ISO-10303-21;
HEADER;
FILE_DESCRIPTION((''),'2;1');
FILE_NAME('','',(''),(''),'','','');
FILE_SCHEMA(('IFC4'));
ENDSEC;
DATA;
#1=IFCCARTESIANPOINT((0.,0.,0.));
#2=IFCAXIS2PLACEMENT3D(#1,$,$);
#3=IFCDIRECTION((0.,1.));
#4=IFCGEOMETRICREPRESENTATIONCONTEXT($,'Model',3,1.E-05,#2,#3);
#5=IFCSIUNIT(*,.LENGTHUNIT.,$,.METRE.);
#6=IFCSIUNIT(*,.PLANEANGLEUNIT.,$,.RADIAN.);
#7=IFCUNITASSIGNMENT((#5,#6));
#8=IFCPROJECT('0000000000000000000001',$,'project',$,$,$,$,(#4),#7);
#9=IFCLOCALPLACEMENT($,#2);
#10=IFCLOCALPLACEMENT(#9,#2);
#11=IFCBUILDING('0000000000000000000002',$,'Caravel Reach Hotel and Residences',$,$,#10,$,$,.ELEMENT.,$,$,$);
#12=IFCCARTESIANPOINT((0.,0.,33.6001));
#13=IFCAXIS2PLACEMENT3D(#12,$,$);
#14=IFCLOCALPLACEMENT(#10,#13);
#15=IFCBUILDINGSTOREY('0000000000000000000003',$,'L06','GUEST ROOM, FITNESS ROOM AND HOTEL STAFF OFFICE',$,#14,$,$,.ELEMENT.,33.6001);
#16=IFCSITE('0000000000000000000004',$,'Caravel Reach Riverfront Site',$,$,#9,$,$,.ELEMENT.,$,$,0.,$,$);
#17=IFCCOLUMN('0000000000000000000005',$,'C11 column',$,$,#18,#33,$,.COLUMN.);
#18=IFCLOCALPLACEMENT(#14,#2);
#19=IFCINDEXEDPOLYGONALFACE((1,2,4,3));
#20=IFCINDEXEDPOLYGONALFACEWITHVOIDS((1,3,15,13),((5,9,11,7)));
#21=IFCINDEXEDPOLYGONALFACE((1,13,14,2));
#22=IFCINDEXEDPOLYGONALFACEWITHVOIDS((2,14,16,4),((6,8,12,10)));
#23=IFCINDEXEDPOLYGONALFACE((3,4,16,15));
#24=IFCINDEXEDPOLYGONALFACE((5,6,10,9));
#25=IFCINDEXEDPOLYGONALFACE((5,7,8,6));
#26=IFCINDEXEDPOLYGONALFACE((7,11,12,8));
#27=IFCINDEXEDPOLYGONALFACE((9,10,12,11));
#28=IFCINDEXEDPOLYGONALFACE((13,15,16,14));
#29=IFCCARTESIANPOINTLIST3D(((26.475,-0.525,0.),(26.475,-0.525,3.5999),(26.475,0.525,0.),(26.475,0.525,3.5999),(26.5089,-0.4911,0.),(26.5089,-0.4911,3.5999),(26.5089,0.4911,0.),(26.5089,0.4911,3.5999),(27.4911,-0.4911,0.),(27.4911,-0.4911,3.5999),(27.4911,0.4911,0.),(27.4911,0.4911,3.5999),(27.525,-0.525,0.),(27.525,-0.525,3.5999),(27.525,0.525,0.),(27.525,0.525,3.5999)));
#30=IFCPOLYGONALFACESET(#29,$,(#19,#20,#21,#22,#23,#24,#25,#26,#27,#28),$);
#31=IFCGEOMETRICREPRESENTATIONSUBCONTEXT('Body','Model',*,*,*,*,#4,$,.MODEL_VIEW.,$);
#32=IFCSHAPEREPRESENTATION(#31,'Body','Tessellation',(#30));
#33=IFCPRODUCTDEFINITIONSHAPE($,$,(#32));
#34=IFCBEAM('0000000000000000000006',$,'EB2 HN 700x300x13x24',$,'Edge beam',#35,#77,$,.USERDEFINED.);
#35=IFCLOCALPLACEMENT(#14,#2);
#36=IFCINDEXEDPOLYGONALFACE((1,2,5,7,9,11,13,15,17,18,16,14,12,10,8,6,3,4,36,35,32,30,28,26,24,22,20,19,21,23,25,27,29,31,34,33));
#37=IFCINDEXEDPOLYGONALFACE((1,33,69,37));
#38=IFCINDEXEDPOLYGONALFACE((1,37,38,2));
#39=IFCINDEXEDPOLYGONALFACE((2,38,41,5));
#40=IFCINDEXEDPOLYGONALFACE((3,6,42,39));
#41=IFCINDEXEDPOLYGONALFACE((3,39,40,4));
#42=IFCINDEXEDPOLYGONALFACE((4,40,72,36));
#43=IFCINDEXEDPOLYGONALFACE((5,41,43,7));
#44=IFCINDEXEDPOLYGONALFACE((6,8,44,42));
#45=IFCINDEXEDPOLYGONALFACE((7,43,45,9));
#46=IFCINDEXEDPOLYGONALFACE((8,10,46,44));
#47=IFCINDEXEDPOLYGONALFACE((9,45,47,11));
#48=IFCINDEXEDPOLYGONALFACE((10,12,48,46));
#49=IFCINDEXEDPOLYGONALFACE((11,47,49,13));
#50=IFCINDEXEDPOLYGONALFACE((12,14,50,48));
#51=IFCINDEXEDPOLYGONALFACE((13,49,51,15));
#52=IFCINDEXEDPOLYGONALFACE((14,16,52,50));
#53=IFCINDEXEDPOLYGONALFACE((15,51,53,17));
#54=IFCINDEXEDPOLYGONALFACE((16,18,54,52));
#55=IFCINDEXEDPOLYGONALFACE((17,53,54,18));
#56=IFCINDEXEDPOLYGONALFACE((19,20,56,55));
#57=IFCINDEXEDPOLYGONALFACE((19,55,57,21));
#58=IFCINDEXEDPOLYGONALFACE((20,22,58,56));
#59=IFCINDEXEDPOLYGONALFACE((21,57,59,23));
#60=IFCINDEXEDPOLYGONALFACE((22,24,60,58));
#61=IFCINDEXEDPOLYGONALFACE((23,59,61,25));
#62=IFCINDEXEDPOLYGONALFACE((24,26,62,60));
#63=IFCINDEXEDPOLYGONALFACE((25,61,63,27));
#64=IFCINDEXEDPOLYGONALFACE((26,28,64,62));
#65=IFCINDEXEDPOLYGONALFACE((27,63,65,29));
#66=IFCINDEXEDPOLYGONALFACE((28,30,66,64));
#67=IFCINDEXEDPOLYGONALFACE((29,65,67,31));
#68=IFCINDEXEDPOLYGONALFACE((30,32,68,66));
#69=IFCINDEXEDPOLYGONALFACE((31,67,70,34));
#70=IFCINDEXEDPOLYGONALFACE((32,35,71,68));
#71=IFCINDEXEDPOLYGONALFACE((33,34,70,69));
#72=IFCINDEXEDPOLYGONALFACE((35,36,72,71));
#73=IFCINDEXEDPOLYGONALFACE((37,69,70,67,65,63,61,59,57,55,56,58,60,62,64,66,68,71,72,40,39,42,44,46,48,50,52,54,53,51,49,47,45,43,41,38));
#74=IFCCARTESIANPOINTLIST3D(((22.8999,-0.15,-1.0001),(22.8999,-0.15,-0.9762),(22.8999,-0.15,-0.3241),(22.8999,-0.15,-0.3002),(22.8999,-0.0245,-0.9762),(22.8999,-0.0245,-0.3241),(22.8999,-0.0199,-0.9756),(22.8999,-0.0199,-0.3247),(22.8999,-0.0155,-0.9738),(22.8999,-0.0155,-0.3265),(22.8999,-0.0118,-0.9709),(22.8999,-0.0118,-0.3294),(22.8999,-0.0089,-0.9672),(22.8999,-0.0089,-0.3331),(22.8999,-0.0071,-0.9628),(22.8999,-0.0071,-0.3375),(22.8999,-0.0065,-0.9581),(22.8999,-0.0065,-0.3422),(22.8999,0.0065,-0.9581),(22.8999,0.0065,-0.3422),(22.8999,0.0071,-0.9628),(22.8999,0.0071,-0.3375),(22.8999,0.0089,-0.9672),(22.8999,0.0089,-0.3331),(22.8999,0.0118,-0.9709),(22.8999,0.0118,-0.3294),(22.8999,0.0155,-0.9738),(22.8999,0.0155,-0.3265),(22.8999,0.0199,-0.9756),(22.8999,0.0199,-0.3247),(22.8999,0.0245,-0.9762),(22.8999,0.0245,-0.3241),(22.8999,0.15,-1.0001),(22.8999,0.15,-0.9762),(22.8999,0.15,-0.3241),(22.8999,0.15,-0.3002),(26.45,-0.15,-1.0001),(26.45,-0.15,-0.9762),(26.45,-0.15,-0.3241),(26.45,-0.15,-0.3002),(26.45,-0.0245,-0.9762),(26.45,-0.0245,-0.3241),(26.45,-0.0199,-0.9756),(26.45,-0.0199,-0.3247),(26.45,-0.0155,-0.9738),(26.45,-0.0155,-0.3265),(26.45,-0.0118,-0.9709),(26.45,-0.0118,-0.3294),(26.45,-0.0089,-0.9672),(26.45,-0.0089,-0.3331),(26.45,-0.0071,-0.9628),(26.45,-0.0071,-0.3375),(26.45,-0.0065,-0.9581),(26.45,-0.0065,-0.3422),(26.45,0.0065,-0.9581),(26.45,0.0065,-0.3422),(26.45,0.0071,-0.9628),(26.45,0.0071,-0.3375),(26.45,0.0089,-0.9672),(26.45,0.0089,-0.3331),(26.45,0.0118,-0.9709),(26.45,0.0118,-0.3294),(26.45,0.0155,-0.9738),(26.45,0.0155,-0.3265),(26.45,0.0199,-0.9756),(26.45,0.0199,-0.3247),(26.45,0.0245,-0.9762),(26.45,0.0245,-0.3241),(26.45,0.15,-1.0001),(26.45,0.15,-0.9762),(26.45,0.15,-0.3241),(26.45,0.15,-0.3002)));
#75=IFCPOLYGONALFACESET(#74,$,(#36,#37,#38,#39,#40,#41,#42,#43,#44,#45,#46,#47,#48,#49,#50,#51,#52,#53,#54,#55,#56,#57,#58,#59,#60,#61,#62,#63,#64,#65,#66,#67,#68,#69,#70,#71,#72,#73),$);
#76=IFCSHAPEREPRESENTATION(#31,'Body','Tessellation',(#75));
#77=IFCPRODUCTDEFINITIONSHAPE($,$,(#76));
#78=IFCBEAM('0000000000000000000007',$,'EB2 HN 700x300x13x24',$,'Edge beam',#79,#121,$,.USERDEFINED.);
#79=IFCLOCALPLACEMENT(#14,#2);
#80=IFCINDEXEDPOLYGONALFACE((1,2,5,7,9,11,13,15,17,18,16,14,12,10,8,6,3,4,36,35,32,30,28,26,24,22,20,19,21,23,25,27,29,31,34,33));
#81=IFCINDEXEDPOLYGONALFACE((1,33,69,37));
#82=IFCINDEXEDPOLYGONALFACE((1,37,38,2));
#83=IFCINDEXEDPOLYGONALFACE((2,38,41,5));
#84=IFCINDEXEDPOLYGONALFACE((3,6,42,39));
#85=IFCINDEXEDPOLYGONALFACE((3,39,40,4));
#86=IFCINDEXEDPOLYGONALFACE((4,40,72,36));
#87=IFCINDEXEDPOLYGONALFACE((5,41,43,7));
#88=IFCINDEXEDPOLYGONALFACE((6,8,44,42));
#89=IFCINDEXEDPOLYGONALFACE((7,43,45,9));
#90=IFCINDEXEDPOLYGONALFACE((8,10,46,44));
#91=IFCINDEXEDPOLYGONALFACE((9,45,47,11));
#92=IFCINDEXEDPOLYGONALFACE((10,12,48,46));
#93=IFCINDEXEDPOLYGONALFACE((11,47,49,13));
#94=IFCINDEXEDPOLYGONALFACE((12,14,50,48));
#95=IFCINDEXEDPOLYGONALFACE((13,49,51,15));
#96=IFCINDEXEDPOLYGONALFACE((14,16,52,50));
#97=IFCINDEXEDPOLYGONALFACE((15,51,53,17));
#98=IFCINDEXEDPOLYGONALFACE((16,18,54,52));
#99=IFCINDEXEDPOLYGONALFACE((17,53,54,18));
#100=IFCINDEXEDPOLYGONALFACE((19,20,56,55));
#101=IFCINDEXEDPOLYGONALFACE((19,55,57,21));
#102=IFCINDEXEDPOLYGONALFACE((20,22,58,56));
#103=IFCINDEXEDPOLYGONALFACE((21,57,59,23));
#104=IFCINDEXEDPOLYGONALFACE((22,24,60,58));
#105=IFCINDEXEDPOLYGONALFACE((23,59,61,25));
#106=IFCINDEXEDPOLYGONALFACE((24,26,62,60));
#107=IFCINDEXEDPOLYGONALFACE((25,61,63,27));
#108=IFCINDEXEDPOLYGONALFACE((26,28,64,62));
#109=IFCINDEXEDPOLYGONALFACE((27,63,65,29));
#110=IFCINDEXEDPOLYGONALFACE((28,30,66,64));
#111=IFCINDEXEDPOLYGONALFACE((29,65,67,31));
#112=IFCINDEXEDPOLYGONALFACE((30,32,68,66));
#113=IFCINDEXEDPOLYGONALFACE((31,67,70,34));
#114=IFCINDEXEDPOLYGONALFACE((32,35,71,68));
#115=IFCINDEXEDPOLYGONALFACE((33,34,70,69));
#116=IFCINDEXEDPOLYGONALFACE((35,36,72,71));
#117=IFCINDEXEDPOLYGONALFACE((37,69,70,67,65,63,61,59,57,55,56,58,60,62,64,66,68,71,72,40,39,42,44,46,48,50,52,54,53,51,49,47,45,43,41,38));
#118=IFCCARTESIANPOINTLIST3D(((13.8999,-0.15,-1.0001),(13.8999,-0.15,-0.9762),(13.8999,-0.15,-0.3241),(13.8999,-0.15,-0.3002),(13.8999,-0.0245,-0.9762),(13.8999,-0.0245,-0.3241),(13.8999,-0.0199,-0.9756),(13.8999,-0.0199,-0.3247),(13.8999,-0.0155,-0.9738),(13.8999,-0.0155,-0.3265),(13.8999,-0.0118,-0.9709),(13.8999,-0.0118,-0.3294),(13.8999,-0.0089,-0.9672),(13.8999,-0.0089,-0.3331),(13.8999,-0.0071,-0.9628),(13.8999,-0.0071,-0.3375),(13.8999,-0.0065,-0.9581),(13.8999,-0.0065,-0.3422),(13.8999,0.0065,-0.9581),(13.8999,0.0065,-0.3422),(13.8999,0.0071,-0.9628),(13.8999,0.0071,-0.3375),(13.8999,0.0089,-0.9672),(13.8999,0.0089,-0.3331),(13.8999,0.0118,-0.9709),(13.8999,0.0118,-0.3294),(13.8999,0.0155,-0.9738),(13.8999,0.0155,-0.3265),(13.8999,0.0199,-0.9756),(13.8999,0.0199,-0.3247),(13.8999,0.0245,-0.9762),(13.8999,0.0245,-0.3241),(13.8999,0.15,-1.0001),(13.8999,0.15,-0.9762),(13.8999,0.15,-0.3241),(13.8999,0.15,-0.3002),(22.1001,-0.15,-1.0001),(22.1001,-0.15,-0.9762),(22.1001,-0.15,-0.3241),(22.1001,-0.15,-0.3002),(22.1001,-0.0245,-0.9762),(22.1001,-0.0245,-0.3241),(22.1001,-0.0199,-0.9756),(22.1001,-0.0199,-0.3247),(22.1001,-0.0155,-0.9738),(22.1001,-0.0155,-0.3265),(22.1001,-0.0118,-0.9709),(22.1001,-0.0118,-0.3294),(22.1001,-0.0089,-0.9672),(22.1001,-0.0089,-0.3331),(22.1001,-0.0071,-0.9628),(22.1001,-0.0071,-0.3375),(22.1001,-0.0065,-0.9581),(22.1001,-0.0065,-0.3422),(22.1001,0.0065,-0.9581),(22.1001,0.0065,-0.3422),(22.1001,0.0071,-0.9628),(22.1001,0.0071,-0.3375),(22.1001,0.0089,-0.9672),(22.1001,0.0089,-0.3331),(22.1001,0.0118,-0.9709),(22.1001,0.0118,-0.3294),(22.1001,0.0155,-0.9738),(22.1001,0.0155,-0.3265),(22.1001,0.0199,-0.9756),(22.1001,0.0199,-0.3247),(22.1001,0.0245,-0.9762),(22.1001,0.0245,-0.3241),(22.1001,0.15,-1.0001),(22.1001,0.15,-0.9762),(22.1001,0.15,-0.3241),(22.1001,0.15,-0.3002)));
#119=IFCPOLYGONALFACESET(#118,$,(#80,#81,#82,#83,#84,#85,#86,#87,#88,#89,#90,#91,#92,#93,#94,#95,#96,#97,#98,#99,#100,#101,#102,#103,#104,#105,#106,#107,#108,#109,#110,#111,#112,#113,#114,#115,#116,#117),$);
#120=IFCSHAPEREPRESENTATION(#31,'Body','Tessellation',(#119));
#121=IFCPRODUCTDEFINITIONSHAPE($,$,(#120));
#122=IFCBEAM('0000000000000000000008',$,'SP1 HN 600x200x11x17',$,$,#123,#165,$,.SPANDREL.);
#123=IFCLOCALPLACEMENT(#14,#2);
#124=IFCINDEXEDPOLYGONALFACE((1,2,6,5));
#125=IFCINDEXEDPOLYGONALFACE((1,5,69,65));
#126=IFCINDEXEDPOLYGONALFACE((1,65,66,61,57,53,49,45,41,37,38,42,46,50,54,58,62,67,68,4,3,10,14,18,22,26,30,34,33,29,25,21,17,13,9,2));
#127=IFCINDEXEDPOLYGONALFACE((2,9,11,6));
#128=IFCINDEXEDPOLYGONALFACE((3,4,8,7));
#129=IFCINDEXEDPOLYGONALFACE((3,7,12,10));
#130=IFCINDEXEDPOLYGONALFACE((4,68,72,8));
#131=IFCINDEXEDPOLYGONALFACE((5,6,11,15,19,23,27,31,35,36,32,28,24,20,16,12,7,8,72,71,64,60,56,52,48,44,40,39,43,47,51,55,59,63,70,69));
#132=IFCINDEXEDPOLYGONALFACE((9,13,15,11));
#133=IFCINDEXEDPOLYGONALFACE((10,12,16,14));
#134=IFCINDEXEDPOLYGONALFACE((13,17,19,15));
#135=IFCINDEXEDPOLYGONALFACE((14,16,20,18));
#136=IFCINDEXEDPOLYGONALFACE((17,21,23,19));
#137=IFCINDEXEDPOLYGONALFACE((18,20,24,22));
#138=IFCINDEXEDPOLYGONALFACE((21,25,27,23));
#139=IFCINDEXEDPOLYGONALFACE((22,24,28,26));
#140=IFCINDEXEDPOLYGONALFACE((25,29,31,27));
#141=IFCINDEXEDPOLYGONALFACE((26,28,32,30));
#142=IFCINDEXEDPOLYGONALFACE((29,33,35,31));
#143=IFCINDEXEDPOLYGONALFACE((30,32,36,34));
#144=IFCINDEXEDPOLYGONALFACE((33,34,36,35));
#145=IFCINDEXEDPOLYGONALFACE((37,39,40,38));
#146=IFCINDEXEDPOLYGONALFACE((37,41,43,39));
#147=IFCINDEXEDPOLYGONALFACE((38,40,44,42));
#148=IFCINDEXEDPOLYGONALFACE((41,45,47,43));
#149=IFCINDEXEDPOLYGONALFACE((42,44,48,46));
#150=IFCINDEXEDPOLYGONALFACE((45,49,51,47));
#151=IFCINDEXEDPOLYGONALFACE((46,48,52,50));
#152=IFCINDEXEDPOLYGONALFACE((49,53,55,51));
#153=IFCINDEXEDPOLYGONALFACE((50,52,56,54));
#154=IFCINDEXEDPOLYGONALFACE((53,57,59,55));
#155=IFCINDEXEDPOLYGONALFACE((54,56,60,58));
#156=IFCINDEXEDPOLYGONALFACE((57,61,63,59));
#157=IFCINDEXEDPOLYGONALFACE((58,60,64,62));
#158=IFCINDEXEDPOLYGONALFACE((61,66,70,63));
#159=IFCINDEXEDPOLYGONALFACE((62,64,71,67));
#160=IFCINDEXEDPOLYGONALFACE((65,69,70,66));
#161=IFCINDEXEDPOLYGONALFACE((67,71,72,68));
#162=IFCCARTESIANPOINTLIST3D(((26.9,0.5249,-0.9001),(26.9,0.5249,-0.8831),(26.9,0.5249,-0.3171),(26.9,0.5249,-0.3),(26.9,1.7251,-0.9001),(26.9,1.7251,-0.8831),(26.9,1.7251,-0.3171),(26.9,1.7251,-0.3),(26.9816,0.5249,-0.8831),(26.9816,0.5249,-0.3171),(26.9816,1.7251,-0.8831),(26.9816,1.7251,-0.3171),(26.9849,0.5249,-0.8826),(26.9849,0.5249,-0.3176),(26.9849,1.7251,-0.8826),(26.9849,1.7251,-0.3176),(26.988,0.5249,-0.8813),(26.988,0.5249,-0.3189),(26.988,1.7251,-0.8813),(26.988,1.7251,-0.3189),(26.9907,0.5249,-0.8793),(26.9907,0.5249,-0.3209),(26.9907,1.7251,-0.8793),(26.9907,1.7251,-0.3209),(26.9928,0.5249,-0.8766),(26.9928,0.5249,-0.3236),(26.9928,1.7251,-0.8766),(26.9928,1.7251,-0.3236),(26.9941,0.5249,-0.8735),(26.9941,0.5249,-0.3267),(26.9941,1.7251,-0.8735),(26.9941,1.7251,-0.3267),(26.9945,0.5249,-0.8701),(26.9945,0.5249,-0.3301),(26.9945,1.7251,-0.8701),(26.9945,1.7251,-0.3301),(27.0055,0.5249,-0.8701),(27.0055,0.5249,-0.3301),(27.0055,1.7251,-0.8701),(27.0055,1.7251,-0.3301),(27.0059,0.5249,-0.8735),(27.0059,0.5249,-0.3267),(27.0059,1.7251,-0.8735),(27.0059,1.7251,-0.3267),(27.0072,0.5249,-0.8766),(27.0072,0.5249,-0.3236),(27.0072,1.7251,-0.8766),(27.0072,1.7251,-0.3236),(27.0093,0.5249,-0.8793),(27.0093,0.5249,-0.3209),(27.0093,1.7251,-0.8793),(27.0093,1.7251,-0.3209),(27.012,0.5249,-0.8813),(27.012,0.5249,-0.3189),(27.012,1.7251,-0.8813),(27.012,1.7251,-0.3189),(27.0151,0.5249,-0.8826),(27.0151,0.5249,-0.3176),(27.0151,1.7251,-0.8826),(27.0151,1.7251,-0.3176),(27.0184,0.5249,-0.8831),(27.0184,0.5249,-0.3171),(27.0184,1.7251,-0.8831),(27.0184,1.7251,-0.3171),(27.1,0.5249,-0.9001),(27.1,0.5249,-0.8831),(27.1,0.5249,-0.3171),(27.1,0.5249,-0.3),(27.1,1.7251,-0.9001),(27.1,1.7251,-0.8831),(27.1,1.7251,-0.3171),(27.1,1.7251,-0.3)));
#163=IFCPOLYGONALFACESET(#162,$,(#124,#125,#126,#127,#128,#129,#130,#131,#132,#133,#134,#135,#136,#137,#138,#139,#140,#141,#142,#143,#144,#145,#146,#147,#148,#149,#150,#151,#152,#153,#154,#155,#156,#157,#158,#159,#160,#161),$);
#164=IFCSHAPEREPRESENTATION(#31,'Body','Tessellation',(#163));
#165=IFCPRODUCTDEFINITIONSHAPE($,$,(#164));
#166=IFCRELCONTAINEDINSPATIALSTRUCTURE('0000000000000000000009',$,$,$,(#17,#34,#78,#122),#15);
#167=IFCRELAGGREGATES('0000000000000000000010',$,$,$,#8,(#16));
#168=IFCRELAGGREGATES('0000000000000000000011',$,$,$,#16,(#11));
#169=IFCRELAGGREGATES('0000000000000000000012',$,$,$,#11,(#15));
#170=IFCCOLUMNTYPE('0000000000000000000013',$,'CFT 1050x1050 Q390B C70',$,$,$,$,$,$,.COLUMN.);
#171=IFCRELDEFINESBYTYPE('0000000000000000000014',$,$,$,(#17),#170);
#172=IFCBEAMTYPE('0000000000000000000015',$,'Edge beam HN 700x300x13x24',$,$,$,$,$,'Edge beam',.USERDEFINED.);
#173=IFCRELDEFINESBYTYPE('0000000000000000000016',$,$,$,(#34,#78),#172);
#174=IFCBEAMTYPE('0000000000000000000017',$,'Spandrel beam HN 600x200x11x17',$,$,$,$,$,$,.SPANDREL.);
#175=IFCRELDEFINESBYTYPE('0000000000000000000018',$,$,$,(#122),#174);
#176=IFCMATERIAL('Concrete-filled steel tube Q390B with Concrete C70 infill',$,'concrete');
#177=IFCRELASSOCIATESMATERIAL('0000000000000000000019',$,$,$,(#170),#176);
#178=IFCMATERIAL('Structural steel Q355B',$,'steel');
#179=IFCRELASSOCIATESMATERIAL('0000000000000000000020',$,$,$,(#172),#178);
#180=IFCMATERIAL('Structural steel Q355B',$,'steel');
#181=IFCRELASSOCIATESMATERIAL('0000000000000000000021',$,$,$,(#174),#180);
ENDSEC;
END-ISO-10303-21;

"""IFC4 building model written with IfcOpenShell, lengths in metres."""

from ifc_helpers import new_model, si_unit, direction, frame, origin, origin_2d, place, context, subcontext, project, spatial, hollow_rectangle, i_section, extrude, material, material_profile, profile_set, type_object, element, save


model = new_model("IFC4")

# Units and contexts
model_context = context("Model", 3, precision=1e-05, world=origin(), true_north=direction((0.0, 1.0)))
body_context = subcontext(model_context, "Body", "Model", "MODEL_VIEW")
ifc_project = project(units=[si_unit("LENGTHUNIT", "METRE"), si_unit("PLANEANGLEUNIT", "RADIAN")], contexts=[model_context])

# Site, building, storey
site_placement = place(None, origin())
site = spatial("IfcSite", under=ifc_project, at=site_placement, Name="Caravel Reach Riverfront Site", CompositionType="ELEMENT", RefElevation=0.0)
building_placement = place(site_placement, origin())
building = spatial("IfcBuilding", under=site, at=building_placement, Name="Caravel Reach Hotel and Residences", CompositionType="ELEMENT")
storey_placement = place(building_placement, frame((0.0, 0.0, 33.6001)))
storey = spatial("IfcBuildingStorey", under=building, at=storey_placement, Name="L06", Description="GUEST ROOM, FITNESS ROOM AND HOTEL STAFF OFFICE", CompositionType="ELEMENT", Elevation=33.6001)

# Column
ifc_material_1 = material(Name="Concrete-filled steel tube Q390B with Concrete C70 infill", Category="concrete")
ifc_material_profile_1 = material_profile(ifc_material_1, hollow_rectangle(XDim=1.05, YDim=1.05, WallThickness=0.0339, at=origin_2d()), Name="RHS 1050x1050x34")
ifc_profile_set_1 = profile_set([ifc_material_profile_1], Name="Concrete-filled steel tube Q390B with Concrete C70 infill")
column_type = type_object("IfcColumnType", Name="CFT 1050x1050 Q390B C70", PredefinedType="COLUMN", material=ifc_profile_set_1)
column_placement = place(storey_placement, frame((27.0, 0.0, 0.0), z_axis=(0.0, 0.0, 1.0), x_axis=(1.0, 0.0, 0.0)))
element("IfcColumn", 1, at=column_placement, inside=storey, type_object=column_type, Name="C11 column", PredefinedType="COLUMN", context=body_context, shape_type="SweptSolid", body=[
    extrude(hollow_rectangle(XDim=1.05, YDim=1.05, WallThickness=0.0339, at=origin_2d()), origin(), (0.0, 0.0, 1.0), 3.5999),
])

# Beams
ifc_material_2 = material(Name="Structural steel Q355B", Category="steel")
ifc_material_profile_2 = material_profile(ifc_material_2, i_section(OverallWidth=0.3, OverallDepth=0.7, WebThickness=0.0129, FlangeThickness=0.0239, FilletRadius=0.0181, at=origin_2d()), Name="HN 700x300x13x24")
ifc_profile_set_2 = profile_set([ifc_material_profile_2], Name="Structural steel Q355B")
beam_type_1 = type_object("IfcBeamType", Name="Edge beam HN 700x300x13x24", ElementType="Edge beam", PredefinedType="USERDEFINED", material=ifc_profile_set_2)
beam_1_placement = place(storey_placement, frame((26.45, 0.0, -0.6501), z_axis=(-1.0, 0.0, 0.0), x_axis=(0.0, -1.0, 0.0)))
element("IfcBeam", 2, at=beam_1_placement, inside=storey, type_object=beam_type_1, Name="EB2 HN 700x300x13x24", ObjectType="Edge beam", PredefinedType="USERDEFINED", context=body_context, shape_type="SweptSolid", body=[
    extrude(i_section(OverallWidth=0.3, OverallDepth=0.7, WebThickness=0.0129, FlangeThickness=0.0239, FilletRadius=0.0181, at=origin_2d()), origin(), (0.0, 0.0, 1.0), 3.55),
])
beam_2_placement = place(storey_placement, frame((22.1001, 0.0, -0.6501), z_axis=(-1.0, 0.0, 0.0), x_axis=(0.0, -1.0, 0.0)))
element("IfcBeam", 3, at=beam_2_placement, inside=storey, type_object=beam_type_1, Name="EB2 HN 700x300x13x24", ObjectType="Edge beam", PredefinedType="USERDEFINED", context=body_context, shape_type="SweptSolid", body=[
    extrude(i_section(OverallWidth=0.3, OverallDepth=0.7, WebThickness=0.0129, FlangeThickness=0.0239, FilletRadius=0.0181, at=origin_2d()), origin(), (0.0, 0.0, 1.0), 8.2002),
])
ifc_material_3 = material(Name="Structural steel Q355B", Category="steel")
ifc_material_profile_3 = material_profile(ifc_material_3, i_section(OverallWidth=0.2, OverallDepth=0.6001, WebThickness=0.011, FlangeThickness=0.0171, FilletRadius=0.0129, at=origin_2d()), Name="HN 600x200x11x17")
ifc_profile_set_3 = profile_set([ifc_material_profile_3], Name="Structural steel Q355B")
beam_type_2 = type_object("IfcBeamType", Name="Spandrel beam HN 600x200x11x17", PredefinedType="SPANDREL", material=ifc_profile_set_3)
beam_3_placement = place(storey_placement, frame((27.0, 1.7251, -0.6001), z_axis=(0.0, -1.0, 0.0), x_axis=(1.0, 0.0, 0.0)))
element("IfcBeam", 4, at=beam_3_placement, inside=storey, type_object=beam_type_2, Name="SP1 HN 600x200x11x17", PredefinedType="SPANDREL", context=body_context, shape_type="SweptSolid", body=[
    extrude(i_section(OverallWidth=0.2, OverallDepth=0.6001, WebThickness=0.011, FlangeThickness=0.0171, FilletRadius=0.0129, at=origin_2d()), origin(), (0.0, 0.0, 1.0), 1.2002),
])

save(model, "model.ifc")
